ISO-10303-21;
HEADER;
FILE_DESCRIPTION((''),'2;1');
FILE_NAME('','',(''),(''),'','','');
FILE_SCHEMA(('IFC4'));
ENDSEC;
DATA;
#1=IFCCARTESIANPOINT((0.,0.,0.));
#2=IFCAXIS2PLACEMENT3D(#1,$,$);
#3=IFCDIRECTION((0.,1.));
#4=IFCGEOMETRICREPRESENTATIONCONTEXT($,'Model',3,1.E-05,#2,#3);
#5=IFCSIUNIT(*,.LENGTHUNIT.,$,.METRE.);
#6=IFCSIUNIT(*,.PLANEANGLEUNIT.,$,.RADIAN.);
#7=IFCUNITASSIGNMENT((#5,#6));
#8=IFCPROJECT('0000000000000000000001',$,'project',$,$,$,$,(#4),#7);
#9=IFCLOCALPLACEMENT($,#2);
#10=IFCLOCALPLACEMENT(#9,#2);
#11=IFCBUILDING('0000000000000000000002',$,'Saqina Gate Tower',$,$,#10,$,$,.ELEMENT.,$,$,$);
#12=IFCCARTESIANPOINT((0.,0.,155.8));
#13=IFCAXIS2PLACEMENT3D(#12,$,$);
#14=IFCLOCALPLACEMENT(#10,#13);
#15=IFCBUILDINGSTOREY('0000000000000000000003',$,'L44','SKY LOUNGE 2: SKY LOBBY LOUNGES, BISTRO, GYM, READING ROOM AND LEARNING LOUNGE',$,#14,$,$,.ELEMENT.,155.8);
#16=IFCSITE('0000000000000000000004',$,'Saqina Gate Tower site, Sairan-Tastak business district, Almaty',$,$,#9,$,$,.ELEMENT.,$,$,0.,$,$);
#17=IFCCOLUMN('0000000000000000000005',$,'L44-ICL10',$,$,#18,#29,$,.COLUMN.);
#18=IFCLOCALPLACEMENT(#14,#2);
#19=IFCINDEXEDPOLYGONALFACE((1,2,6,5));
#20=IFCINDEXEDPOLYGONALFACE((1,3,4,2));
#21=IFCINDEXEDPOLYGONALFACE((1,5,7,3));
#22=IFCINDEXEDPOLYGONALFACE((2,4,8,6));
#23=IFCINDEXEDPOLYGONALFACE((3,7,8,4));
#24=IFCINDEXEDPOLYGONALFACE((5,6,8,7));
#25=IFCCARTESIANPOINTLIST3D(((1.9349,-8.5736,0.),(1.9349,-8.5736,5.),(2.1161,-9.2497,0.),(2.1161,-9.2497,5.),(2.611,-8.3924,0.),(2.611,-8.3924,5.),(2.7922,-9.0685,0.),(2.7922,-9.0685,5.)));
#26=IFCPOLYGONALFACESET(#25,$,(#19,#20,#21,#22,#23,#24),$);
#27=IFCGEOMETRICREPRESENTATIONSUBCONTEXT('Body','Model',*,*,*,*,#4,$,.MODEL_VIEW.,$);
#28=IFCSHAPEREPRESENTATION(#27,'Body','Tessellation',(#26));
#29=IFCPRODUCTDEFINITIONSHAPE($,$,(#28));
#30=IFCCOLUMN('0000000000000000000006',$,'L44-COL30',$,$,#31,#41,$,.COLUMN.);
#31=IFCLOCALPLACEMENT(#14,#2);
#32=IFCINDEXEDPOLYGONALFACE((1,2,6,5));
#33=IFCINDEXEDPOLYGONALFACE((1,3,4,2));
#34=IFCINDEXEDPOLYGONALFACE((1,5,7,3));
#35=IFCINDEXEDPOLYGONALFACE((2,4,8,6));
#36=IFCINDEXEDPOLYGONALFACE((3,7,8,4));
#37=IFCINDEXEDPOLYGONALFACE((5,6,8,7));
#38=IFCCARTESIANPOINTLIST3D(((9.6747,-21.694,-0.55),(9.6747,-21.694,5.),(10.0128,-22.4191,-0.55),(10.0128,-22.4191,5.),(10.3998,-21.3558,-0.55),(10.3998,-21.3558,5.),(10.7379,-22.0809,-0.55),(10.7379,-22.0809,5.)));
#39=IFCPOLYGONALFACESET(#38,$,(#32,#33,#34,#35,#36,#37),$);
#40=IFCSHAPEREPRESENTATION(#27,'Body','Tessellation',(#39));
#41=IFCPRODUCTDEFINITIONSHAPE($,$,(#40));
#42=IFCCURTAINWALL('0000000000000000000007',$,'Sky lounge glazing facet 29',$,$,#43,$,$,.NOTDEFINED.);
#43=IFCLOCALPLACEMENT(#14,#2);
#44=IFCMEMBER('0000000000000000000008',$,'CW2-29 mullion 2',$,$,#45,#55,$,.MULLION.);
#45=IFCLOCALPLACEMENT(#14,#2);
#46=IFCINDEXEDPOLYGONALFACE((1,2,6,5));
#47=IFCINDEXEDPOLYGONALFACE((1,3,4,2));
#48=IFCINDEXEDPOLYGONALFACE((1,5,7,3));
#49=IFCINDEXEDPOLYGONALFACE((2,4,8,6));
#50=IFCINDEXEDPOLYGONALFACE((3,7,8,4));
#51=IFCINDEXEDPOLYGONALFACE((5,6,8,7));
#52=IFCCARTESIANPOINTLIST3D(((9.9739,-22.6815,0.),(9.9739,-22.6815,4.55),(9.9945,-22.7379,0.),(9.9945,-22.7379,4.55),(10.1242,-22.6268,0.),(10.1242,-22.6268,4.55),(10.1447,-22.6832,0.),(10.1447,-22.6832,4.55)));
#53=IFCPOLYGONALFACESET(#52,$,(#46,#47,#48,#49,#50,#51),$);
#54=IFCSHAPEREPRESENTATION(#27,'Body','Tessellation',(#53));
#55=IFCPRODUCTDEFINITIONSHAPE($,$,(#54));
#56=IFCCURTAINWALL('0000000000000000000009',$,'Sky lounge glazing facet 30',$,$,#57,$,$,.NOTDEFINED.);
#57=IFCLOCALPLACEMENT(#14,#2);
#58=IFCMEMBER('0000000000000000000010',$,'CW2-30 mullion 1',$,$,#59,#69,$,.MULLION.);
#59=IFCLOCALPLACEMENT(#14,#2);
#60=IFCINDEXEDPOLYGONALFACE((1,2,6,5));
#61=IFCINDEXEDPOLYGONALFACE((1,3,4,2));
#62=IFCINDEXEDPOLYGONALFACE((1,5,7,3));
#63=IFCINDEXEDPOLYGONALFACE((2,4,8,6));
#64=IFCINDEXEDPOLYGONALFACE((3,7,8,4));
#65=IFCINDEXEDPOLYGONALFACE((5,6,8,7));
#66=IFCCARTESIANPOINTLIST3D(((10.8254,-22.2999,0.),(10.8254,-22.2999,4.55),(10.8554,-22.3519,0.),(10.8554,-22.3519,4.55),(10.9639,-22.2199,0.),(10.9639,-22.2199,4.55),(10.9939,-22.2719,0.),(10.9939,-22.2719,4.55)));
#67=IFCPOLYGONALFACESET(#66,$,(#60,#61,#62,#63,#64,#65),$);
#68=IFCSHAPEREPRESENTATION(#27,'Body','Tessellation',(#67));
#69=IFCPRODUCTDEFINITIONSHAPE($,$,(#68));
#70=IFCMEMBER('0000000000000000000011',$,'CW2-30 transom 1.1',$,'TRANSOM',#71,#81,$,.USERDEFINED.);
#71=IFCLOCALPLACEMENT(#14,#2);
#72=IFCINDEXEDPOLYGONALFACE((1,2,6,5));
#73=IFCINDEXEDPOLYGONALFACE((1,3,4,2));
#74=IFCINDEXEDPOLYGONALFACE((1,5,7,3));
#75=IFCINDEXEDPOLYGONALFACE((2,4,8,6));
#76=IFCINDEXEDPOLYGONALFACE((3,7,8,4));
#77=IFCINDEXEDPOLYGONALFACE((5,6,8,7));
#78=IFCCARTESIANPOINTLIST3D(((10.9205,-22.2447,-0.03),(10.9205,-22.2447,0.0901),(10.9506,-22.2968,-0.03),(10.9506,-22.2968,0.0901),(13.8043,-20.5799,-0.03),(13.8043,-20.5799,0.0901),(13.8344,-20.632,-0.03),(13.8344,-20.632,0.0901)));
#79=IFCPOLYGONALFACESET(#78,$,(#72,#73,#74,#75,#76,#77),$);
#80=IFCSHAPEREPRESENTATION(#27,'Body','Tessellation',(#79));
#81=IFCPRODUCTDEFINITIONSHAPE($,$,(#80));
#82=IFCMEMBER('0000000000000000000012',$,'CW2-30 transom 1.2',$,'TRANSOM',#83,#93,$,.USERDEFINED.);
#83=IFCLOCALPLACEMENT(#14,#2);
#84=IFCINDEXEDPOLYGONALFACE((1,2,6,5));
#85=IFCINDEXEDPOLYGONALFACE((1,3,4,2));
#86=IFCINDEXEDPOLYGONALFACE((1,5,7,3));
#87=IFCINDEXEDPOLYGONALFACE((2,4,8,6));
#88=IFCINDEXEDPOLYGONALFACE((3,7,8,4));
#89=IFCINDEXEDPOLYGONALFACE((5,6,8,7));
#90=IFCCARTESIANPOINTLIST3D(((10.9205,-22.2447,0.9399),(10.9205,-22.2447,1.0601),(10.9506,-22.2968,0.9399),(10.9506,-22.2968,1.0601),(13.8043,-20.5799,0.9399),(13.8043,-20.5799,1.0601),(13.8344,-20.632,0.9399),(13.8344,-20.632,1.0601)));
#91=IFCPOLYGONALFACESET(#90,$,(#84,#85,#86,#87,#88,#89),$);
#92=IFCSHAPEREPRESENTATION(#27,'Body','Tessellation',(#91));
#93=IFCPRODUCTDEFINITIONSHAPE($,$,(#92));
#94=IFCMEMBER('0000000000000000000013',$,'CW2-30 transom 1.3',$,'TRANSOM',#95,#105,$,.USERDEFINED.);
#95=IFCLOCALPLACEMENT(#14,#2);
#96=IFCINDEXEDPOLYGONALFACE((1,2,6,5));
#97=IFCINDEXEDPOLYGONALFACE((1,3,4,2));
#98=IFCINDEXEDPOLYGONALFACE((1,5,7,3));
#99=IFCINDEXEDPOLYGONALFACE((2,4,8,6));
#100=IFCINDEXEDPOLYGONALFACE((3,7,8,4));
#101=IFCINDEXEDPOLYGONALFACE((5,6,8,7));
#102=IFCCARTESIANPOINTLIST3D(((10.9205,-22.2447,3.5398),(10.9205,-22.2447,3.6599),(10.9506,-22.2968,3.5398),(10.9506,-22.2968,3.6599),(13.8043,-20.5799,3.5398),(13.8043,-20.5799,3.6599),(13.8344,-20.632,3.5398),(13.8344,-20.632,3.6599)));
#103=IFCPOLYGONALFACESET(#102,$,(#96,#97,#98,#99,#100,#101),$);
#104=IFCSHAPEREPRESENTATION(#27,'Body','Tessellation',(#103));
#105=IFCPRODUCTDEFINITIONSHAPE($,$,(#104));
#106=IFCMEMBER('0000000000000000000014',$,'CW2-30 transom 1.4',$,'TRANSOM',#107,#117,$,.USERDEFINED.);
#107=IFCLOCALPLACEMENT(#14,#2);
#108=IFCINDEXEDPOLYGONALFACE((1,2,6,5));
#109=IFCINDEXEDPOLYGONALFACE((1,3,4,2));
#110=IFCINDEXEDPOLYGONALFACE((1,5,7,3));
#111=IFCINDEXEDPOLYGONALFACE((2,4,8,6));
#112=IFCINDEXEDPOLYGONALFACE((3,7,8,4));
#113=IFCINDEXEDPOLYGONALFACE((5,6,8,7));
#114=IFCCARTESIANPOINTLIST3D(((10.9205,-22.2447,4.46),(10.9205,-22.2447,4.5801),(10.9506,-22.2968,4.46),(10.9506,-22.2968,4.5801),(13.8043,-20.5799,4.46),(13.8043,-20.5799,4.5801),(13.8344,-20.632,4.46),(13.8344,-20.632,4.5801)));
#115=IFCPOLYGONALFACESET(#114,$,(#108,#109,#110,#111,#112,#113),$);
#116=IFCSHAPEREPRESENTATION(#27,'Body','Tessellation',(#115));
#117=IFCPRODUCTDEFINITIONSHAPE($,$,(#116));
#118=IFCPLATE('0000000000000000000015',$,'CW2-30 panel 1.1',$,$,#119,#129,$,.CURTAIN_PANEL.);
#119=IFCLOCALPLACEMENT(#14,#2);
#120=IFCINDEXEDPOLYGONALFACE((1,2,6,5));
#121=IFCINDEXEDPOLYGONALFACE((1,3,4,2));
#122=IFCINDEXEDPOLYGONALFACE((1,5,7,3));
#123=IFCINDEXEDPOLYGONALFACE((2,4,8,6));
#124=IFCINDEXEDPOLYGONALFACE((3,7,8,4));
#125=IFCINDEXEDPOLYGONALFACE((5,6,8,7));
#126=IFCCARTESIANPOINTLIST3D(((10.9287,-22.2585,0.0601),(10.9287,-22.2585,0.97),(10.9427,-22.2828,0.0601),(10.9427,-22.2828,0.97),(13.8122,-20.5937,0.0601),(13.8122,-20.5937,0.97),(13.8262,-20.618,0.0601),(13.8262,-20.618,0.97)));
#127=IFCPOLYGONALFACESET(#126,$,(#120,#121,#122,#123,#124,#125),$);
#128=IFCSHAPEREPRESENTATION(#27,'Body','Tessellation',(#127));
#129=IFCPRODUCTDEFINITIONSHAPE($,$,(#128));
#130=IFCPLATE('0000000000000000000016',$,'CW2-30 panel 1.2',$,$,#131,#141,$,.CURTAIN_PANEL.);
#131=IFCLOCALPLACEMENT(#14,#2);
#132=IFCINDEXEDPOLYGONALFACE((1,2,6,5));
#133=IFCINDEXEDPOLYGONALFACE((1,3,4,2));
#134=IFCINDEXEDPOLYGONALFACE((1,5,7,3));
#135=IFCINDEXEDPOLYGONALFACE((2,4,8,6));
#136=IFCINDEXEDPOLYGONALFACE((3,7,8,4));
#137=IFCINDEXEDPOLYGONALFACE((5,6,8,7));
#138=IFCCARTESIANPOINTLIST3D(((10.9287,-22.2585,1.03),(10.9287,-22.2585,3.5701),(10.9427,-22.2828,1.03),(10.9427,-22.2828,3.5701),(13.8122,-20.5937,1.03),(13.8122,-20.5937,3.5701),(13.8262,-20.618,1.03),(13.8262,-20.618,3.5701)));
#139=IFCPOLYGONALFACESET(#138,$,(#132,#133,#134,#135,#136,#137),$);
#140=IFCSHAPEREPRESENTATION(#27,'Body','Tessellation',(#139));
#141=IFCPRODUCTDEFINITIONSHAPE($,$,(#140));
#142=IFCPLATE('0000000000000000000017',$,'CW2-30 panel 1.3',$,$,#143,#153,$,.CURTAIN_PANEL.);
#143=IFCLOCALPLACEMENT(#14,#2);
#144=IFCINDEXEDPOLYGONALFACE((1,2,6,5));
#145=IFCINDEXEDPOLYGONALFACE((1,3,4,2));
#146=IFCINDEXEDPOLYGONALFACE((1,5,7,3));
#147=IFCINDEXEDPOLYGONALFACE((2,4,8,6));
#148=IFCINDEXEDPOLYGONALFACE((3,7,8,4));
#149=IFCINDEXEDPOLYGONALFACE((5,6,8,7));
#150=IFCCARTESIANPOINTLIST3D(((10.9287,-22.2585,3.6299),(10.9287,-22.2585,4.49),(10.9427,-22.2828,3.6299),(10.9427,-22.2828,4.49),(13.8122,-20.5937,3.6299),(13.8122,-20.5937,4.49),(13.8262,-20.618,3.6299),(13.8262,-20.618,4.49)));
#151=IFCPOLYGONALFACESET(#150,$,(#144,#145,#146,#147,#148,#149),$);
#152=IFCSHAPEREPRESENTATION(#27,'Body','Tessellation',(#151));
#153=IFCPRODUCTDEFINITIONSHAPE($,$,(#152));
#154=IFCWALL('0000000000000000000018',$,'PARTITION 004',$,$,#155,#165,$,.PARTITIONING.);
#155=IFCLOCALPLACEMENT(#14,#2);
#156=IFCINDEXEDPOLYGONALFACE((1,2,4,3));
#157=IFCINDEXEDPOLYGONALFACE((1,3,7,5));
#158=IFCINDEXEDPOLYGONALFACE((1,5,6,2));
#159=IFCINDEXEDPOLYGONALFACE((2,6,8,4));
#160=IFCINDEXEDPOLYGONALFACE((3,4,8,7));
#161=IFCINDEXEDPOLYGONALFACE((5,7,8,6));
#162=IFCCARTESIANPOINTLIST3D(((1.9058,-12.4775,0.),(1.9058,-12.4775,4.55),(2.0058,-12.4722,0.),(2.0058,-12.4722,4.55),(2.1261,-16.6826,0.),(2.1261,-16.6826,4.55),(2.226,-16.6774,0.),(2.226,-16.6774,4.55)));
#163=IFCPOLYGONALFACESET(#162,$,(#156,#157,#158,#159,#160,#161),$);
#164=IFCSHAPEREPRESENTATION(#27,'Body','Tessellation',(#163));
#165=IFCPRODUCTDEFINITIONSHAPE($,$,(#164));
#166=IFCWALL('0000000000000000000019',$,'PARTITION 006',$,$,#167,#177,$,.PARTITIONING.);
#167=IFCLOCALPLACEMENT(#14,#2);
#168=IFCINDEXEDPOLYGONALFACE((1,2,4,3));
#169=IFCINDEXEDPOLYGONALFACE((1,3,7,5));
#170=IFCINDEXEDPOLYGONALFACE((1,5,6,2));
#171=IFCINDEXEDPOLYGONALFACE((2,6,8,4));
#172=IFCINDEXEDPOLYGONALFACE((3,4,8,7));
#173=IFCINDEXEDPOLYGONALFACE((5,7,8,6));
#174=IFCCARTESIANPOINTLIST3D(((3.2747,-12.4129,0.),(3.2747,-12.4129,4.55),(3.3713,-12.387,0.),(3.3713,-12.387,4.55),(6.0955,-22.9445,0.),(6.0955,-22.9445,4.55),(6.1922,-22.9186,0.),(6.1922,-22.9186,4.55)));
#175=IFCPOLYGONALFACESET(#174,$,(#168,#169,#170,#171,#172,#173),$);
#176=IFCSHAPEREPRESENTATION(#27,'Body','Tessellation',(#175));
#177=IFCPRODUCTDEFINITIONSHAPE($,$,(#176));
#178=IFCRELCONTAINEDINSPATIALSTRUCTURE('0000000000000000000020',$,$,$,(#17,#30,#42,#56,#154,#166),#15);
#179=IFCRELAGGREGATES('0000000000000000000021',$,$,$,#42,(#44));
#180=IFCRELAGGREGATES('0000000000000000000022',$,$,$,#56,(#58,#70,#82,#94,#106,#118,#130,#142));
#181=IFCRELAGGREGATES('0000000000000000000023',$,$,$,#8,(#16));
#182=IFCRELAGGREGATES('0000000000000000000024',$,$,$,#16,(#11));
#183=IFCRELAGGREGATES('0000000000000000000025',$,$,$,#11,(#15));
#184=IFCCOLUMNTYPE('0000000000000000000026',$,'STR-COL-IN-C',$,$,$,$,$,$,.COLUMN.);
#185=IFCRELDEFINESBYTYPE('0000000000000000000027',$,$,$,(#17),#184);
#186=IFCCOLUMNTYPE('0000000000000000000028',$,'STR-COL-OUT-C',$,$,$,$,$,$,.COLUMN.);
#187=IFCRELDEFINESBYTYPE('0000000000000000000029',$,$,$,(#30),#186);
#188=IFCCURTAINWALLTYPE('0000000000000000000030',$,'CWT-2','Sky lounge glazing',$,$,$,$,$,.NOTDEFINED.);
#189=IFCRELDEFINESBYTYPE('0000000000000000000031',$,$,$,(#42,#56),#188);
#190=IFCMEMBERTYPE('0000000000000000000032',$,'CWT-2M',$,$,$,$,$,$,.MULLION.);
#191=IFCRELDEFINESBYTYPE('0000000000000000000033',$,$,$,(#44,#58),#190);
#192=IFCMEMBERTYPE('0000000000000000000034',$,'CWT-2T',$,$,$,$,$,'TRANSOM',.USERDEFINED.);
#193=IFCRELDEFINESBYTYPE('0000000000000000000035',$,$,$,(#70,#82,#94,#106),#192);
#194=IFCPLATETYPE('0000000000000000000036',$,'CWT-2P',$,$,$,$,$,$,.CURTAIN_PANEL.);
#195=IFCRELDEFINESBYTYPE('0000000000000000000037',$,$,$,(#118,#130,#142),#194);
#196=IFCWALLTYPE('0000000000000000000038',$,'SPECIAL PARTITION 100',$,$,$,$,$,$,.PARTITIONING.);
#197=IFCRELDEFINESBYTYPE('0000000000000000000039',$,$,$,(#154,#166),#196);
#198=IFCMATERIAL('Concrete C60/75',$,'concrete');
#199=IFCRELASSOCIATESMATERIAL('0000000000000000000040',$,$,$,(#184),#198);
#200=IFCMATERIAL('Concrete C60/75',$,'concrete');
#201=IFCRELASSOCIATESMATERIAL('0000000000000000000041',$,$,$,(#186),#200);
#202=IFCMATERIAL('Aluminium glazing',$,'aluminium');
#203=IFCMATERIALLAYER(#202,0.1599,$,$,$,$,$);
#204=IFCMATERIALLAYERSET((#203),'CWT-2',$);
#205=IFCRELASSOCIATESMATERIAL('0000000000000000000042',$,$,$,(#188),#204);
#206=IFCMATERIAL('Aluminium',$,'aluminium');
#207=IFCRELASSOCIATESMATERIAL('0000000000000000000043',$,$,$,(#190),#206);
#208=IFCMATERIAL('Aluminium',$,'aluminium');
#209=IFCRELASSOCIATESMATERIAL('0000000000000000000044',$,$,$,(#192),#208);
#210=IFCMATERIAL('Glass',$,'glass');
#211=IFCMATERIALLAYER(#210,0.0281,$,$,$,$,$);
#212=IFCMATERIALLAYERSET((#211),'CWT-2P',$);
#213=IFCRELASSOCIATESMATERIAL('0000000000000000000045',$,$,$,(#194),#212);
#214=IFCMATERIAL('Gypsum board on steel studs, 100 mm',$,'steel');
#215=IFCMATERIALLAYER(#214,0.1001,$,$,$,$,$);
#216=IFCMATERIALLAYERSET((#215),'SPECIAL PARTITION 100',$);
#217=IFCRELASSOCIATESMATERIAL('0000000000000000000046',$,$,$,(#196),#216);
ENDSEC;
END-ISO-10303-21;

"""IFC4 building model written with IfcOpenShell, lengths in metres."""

from ifc_helpers import new_model, si_unit, direction, frame, frame_2d, origin, origin_2d, place, context, subcontext, project, spatial, rectangle, extrude, material, layer, layer_set, material_profile, profile_set, type_object, element, aggregate, save


model = new_model("IFC4")

# Units and contexts
model_context = context("Model", 3, precision=1e-05, world=origin(), true_north=direction((0.0, 1.0)))
body_context = subcontext(model_context, "Body", "Model", "MODEL_VIEW")
ifc_project = project(units=[si_unit("LENGTHUNIT", "METRE"), si_unit("PLANEANGLEUNIT", "RADIAN")], contexts=[model_context])

# Site, building, storey
site_placement = place(None, origin())
site = spatial("IfcSite", under=ifc_project, at=site_placement, Name="Saqina Gate Tower site, Sairan-Tastak business district, Almaty", CompositionType="ELEMENT", RefElevation=0.0)
building_placement = place(site_placement, origin())
building = spatial("IfcBuilding", under=site, at=building_placement, Name="Saqina Gate Tower", CompositionType="ELEMENT")
storey_placement = place(building_placement, frame((0.0, 0.0, 155.8)))
storey = spatial("IfcBuildingStorey", under=building, at=storey_placement, Name="L44", Description="SKY LOUNGE 2: SKY LOBBY LOUNGES, BISTRO, GYM, READING ROOM AND LEARNING LOUNGE", CompositionType="ELEMENT", Elevation=155.8)

# Columns
ifc_material_1 = material(Name="Concrete C60/75", Category="concrete")
ifc_material_profile_1 = material_profile(ifc_material_1, rectangle(XDim=0.7, YDim=0.7, at=origin_2d()), Name="RC 700x700")
ifc_profile_set_1 = profile_set([ifc_material_profile_1], Name="Concrete C60/75")
column_type_1 = type_object("IfcColumnType", Name="STR-COL-IN-C", PredefinedType="COLUMN", material=ifc_profile_set_1)
column_1_placement = place(storey_placement, frame((2.3635, -8.821, 0.0), z_axis=(0.0, 0.0, 1.0), x_axis=(0.258819, -0.965926, 0.0)))
element("IfcColumn", 1, at=column_1_placement, inside=storey, type_object=column_type_1, Name="L44-ICL10", PredefinedType="COLUMN", context=body_context, shape_type="SweptSolid", body=[
    extrude(rectangle(XDim=0.7, YDim=0.7, at=origin_2d()), origin(), (0.0, 0.0, 1.0), 5.0),
])
ifc_material_2 = material(Name="Concrete C60/75", Category="concrete")
ifc_material_profile_2 = material_profile(ifc_material_2, rectangle(XDim=0.8, YDim=0.8, at=origin_2d()), Name="RC 800x800")
ifc_profile_set_2 = profile_set([ifc_material_profile_2], Name="Concrete C60/75")
column_type_2 = type_object("IfcColumnType", Name="STR-COL-OUT-C", PredefinedType="COLUMN", material=ifc_profile_set_2)
column_2_placement = place(storey_placement, frame((10.2063, -21.8875, -0.55), z_axis=(0.0, 0.0, 1.0), x_axis=(0.422618, -0.906308, 0.0)))
element("IfcColumn", 2, at=column_2_placement, inside=storey, type_object=column_type_2, Name="L44-COL30", PredefinedType="COLUMN", context=body_context, shape_type="SweptSolid", body=[
    extrude(rectangle(XDim=0.8, YDim=0.8, at=origin_2d()), origin(), (0.0, 0.0, 1.0), 5.55),
])

# Curtain wall, member
ifc_material_3 = material(Name="Aluminium glazing", Category="aluminium")
ifc_layer_1 = layer(ifc_material_3, 0.1599)
ifc_layer_set_1 = layer_set([ifc_layer_1], Name="CWT-2")
curtain_wall_type = type_object("IfcCurtainWallType", Name="CWT-2", Description="Sky lounge glazing", PredefinedType="NOTDEFINED", material=ifc_layer_set_1)
curtain_wall_1_placement = place(storey_placement, origin())
curtain_wall_1 = element("IfcCurtainWall", 3, at=curtain_wall_1_placement, inside=storey, type_object=curtain_wall_type, Name="Sky lounge glazing facet 29", PredefinedType="NOTDEFINED")
ifc_material_4 = material(Name="Aluminium", Category="aluminium")
ifc_material_profile_3 = material_profile(ifc_material_4, rectangle(XDim=0.0601, YDim=0.1599, at=origin_2d()), Name="Aluminium 60x160")
ifc_profile_set_3 = profile_set([ifc_material_profile_3], Name="Aluminium")
member_type_1 = type_object("IfcMemberType", Name="CWT-2M", PredefinedType="MULLION", material=ifc_profile_set_3)
member_1_placement = place(storey_placement, frame((10.0593, -22.6824, 0.0), z_axis=(0.0, 0.0, 1.0), x_axis=(-0.342025, 0.939691, 0.0)))
member_1 = element("IfcMember", 4, at=member_1_placement, type_object=member_type_1, Name="CW2-29 mullion 2", PredefinedType="MULLION", context=body_context, shape_type="SweptSolid", body=[
    extrude(rectangle(XDim=0.0601, YDim=0.1599, at=origin_2d()), origin(), (0.0, 0.0, 1.0), 4.55),
])
aggregate(curtain_wall_1, [member_1])

# Curtain wall, members, plates
curtain_wall_2_placement = place(storey_placement, origin())
curtain_wall_2 = element("IfcCurtainWall", 5, at=curtain_wall_2_placement, inside=storey, type_object=curtain_wall_type, Name="Sky lounge glazing facet 30", PredefinedType="NOTDEFINED")
member_2_placement = place(storey_placement, frame((10.9097, -22.2859, 0.0), z_axis=(0.0, 0.0, 1.0), x_axis=(-0.500014, 0.866017, 0.0)))
member_2 = element("IfcMember", 6, at=member_2_placement, type_object=member_type_1, Name="CW2-30 mullion 1", PredefinedType="MULLION", context=body_context, shape_type="SweptSolid", body=[
    extrude(rectangle(XDim=0.0601, YDim=0.1599, at=origin_2d()), origin(), (0.0, 0.0, 1.0), 4.55),
])
ifc_material_5 = material(Name="Aluminium", Category="aluminium")
ifc_material_profile_4 = material_profile(ifc_material_5, rectangle(XDim=0.0601, YDim=0.1201, at=origin_2d()), Name="Aluminium 60x120")
ifc_profile_set_4 = profile_set([ifc_material_profile_4], Name="Aluminium")
member_type_2 = type_object("IfcMemberType", Name="CWT-2T", ElementType="TRANSOM", PredefinedType="USERDEFINED", material=ifc_profile_set_4)
member_3_placement = place(storey_placement, frame((10.9355, -22.2708, 0.03), z_axis=(0.866046, 0.499964, 0.0), x_axis=(-0.499964, 0.866046, 0.0)))
member_3 = element("IfcMember", 7, at=member_3_placement, type_object=member_type_2, Name="CW2-30 transom 1.1", ObjectType="TRANSOM", PredefinedType="USERDEFINED", context=body_context, shape_type="SweptSolid", body=[
    extrude(rectangle(XDim=0.0601, YDim=0.1201, at=origin_2d()), origin(), (0.0, 0.0, 1.0), 3.3298),
])
member_4_placement = place(storey_placement, frame((10.9355, -22.2708, 1.0), z_axis=(0.866046, 0.499964, 0.0), x_axis=(-0.499964, 0.866046, 0.0)))
member_4 = element("IfcMember", 8, at=member_4_placement, type_object=member_type_2, Name="CW2-30 transom 1.2", ObjectType="TRANSOM", PredefinedType="USERDEFINED", context=body_context, shape_type="SweptSolid", body=[
    extrude(rectangle(XDim=0.0601, YDim=0.1201, at=origin_2d()), origin(), (0.0, 0.0, 1.0), 3.3298),
])
member_5_placement = place(storey_placement, frame((10.9355, -22.2708, 3.5999), z_axis=(0.866046, 0.499964, 0.0), x_axis=(-0.499964, 0.866046, 0.0)))
member_5 = element("IfcMember", 9, at=member_5_placement, type_object=member_type_2, Name="CW2-30 transom 1.3", ObjectType="TRANSOM", PredefinedType="USERDEFINED", context=body_context, shape_type="SweptSolid", body=[
    extrude(rectangle(XDim=0.0601, YDim=0.1201, at=origin_2d()), origin(), (0.0, 0.0, 1.0), 3.3298),
])
member_6_placement = place(storey_placement, frame((10.9355, -22.2708, 4.52), z_axis=(0.866046, 0.499964, 0.0), x_axis=(-0.499964, 0.866046, 0.0)))
member_6 = element("IfcMember", 10, at=member_6_placement, type_object=member_type_2, Name="CW2-30 transom 1.4", ObjectType="TRANSOM", PredefinedType="USERDEFINED", context=body_context, shape_type="SweptSolid", body=[
    extrude(rectangle(XDim=0.0601, YDim=0.1201, at=origin_2d()), origin(), (0.0, 0.0, 1.0), 3.3298),
])
ifc_material_6 = material(Name="Glass", Category="glass")
ifc_layer_2 = layer(ifc_material_6, 0.0281)
ifc_layer_set_2 = layer_set([ifc_layer_2], Name="CWT-2P")
plate_type = type_object("IfcPlateType", Name="CWT-2P", PredefinedType="CURTAIN_PANEL", material=ifc_layer_set_2)
plate_1_placement = place(storey_placement, frame((12.3774, -21.4382, 0.0601), z_axis=(0.0, 0.0, 1.0), x_axis=(0.866017, 0.500014, 0.0)))
plate_1 = element("IfcPlate", 11, at=plate_1_placement, type_object=plate_type, Name="CW2-30 panel 1.1", PredefinedType="CURTAIN_PANEL", context=body_context, shape_type="SweptSolid", body=[
    extrude(rectangle(XDim=3.3296, YDim=0.0281, at=origin_2d()), origin(), (0.0, 0.0, 1.0), 0.9099),
])
plate_2_placement = place(storey_placement, frame((12.3774, -21.4382, 1.03), z_axis=(0.0, 0.0, 1.0), x_axis=(0.866017, 0.500014, 0.0)))
plate_2 = element("IfcPlate", 12, at=plate_2_placement, type_object=plate_type, Name="CW2-30 panel 1.2", PredefinedType="CURTAIN_PANEL", context=body_context, shape_type="SweptSolid", body=[
    extrude(rectangle(XDim=3.3296, YDim=0.0281, at=origin_2d()), origin(), (0.0, 0.0, 1.0), 2.54),
])
plate_3_placement = place(storey_placement, frame((12.3774, -21.4382, 3.6299), z_axis=(0.0, 0.0, 1.0), x_axis=(0.866017, 0.500014, 0.0)))
plate_3 = element("IfcPlate", 13, at=plate_3_placement, type_object=plate_type, Name="CW2-30 panel 1.3", PredefinedType="CURTAIN_PANEL", context=body_context, shape_type="SweptSolid", body=[
    extrude(rectangle(XDim=3.3296, YDim=0.0281, at=origin_2d()), origin(), (0.0, 0.0, 1.0), 0.8601),
])
aggregate(curtain_wall_2, [member_2, member_3, member_4, member_5, member_6, plate_1, plate_2, plate_3])

# Walls
ifc_material_7 = material(Name="Gypsum board on steel studs, 100 mm", Category="steel")
ifc_layer_3 = layer(ifc_material_7, 0.1001)
ifc_layer_set_3 = layer_set([ifc_layer_3], Name="SPECIAL PARTITION 100")
wall_type_1 = type_object("IfcWallType", Name="SPECIAL PARTITION 100", PredefinedType="PARTITIONING", material=ifc_layer_set_3)
wall_1_placement = place(storey_placement, frame((1.9558, -12.4749, 0.0), z_axis=(0.0, 0.0, 1.0), x_axis=(0.052297, -0.998632, 0.0)))
element("IfcWall", 14, at=wall_1_placement, inside=storey, type_object=wall_type_1, Name="PARTITION 004", PredefinedType="PARTITIONING", context=body_context, shape_type="SweptSolid", body=[
    extrude(rectangle(XDim=4.2109, YDim=0.1001, at=frame_2d((2.1055, 0.0))), origin(), (0.0, 0.0, 1.0), 4.55),
])
wall_2_placement = place(storey_placement, frame((3.323, -12.3999, 0.0), z_axis=(0.0, 0.0, 1.0), x_axis=(0.258725, -0.965951, 0.0)))
element("IfcWall", 15, at=wall_2_placement, inside=storey, type_object=wall_type_1, Name="PARTITION 006", PredefinedType="PARTITIONING", context=body_context, shape_type="SweptSolid", body=[
    extrude(rectangle(XDim=10.9028, YDim=0.1001, at=frame_2d((5.4514, 0.0))), origin(), (0.0, 0.0, 1.0), 4.55),
])

save(model, "model.ifc")
